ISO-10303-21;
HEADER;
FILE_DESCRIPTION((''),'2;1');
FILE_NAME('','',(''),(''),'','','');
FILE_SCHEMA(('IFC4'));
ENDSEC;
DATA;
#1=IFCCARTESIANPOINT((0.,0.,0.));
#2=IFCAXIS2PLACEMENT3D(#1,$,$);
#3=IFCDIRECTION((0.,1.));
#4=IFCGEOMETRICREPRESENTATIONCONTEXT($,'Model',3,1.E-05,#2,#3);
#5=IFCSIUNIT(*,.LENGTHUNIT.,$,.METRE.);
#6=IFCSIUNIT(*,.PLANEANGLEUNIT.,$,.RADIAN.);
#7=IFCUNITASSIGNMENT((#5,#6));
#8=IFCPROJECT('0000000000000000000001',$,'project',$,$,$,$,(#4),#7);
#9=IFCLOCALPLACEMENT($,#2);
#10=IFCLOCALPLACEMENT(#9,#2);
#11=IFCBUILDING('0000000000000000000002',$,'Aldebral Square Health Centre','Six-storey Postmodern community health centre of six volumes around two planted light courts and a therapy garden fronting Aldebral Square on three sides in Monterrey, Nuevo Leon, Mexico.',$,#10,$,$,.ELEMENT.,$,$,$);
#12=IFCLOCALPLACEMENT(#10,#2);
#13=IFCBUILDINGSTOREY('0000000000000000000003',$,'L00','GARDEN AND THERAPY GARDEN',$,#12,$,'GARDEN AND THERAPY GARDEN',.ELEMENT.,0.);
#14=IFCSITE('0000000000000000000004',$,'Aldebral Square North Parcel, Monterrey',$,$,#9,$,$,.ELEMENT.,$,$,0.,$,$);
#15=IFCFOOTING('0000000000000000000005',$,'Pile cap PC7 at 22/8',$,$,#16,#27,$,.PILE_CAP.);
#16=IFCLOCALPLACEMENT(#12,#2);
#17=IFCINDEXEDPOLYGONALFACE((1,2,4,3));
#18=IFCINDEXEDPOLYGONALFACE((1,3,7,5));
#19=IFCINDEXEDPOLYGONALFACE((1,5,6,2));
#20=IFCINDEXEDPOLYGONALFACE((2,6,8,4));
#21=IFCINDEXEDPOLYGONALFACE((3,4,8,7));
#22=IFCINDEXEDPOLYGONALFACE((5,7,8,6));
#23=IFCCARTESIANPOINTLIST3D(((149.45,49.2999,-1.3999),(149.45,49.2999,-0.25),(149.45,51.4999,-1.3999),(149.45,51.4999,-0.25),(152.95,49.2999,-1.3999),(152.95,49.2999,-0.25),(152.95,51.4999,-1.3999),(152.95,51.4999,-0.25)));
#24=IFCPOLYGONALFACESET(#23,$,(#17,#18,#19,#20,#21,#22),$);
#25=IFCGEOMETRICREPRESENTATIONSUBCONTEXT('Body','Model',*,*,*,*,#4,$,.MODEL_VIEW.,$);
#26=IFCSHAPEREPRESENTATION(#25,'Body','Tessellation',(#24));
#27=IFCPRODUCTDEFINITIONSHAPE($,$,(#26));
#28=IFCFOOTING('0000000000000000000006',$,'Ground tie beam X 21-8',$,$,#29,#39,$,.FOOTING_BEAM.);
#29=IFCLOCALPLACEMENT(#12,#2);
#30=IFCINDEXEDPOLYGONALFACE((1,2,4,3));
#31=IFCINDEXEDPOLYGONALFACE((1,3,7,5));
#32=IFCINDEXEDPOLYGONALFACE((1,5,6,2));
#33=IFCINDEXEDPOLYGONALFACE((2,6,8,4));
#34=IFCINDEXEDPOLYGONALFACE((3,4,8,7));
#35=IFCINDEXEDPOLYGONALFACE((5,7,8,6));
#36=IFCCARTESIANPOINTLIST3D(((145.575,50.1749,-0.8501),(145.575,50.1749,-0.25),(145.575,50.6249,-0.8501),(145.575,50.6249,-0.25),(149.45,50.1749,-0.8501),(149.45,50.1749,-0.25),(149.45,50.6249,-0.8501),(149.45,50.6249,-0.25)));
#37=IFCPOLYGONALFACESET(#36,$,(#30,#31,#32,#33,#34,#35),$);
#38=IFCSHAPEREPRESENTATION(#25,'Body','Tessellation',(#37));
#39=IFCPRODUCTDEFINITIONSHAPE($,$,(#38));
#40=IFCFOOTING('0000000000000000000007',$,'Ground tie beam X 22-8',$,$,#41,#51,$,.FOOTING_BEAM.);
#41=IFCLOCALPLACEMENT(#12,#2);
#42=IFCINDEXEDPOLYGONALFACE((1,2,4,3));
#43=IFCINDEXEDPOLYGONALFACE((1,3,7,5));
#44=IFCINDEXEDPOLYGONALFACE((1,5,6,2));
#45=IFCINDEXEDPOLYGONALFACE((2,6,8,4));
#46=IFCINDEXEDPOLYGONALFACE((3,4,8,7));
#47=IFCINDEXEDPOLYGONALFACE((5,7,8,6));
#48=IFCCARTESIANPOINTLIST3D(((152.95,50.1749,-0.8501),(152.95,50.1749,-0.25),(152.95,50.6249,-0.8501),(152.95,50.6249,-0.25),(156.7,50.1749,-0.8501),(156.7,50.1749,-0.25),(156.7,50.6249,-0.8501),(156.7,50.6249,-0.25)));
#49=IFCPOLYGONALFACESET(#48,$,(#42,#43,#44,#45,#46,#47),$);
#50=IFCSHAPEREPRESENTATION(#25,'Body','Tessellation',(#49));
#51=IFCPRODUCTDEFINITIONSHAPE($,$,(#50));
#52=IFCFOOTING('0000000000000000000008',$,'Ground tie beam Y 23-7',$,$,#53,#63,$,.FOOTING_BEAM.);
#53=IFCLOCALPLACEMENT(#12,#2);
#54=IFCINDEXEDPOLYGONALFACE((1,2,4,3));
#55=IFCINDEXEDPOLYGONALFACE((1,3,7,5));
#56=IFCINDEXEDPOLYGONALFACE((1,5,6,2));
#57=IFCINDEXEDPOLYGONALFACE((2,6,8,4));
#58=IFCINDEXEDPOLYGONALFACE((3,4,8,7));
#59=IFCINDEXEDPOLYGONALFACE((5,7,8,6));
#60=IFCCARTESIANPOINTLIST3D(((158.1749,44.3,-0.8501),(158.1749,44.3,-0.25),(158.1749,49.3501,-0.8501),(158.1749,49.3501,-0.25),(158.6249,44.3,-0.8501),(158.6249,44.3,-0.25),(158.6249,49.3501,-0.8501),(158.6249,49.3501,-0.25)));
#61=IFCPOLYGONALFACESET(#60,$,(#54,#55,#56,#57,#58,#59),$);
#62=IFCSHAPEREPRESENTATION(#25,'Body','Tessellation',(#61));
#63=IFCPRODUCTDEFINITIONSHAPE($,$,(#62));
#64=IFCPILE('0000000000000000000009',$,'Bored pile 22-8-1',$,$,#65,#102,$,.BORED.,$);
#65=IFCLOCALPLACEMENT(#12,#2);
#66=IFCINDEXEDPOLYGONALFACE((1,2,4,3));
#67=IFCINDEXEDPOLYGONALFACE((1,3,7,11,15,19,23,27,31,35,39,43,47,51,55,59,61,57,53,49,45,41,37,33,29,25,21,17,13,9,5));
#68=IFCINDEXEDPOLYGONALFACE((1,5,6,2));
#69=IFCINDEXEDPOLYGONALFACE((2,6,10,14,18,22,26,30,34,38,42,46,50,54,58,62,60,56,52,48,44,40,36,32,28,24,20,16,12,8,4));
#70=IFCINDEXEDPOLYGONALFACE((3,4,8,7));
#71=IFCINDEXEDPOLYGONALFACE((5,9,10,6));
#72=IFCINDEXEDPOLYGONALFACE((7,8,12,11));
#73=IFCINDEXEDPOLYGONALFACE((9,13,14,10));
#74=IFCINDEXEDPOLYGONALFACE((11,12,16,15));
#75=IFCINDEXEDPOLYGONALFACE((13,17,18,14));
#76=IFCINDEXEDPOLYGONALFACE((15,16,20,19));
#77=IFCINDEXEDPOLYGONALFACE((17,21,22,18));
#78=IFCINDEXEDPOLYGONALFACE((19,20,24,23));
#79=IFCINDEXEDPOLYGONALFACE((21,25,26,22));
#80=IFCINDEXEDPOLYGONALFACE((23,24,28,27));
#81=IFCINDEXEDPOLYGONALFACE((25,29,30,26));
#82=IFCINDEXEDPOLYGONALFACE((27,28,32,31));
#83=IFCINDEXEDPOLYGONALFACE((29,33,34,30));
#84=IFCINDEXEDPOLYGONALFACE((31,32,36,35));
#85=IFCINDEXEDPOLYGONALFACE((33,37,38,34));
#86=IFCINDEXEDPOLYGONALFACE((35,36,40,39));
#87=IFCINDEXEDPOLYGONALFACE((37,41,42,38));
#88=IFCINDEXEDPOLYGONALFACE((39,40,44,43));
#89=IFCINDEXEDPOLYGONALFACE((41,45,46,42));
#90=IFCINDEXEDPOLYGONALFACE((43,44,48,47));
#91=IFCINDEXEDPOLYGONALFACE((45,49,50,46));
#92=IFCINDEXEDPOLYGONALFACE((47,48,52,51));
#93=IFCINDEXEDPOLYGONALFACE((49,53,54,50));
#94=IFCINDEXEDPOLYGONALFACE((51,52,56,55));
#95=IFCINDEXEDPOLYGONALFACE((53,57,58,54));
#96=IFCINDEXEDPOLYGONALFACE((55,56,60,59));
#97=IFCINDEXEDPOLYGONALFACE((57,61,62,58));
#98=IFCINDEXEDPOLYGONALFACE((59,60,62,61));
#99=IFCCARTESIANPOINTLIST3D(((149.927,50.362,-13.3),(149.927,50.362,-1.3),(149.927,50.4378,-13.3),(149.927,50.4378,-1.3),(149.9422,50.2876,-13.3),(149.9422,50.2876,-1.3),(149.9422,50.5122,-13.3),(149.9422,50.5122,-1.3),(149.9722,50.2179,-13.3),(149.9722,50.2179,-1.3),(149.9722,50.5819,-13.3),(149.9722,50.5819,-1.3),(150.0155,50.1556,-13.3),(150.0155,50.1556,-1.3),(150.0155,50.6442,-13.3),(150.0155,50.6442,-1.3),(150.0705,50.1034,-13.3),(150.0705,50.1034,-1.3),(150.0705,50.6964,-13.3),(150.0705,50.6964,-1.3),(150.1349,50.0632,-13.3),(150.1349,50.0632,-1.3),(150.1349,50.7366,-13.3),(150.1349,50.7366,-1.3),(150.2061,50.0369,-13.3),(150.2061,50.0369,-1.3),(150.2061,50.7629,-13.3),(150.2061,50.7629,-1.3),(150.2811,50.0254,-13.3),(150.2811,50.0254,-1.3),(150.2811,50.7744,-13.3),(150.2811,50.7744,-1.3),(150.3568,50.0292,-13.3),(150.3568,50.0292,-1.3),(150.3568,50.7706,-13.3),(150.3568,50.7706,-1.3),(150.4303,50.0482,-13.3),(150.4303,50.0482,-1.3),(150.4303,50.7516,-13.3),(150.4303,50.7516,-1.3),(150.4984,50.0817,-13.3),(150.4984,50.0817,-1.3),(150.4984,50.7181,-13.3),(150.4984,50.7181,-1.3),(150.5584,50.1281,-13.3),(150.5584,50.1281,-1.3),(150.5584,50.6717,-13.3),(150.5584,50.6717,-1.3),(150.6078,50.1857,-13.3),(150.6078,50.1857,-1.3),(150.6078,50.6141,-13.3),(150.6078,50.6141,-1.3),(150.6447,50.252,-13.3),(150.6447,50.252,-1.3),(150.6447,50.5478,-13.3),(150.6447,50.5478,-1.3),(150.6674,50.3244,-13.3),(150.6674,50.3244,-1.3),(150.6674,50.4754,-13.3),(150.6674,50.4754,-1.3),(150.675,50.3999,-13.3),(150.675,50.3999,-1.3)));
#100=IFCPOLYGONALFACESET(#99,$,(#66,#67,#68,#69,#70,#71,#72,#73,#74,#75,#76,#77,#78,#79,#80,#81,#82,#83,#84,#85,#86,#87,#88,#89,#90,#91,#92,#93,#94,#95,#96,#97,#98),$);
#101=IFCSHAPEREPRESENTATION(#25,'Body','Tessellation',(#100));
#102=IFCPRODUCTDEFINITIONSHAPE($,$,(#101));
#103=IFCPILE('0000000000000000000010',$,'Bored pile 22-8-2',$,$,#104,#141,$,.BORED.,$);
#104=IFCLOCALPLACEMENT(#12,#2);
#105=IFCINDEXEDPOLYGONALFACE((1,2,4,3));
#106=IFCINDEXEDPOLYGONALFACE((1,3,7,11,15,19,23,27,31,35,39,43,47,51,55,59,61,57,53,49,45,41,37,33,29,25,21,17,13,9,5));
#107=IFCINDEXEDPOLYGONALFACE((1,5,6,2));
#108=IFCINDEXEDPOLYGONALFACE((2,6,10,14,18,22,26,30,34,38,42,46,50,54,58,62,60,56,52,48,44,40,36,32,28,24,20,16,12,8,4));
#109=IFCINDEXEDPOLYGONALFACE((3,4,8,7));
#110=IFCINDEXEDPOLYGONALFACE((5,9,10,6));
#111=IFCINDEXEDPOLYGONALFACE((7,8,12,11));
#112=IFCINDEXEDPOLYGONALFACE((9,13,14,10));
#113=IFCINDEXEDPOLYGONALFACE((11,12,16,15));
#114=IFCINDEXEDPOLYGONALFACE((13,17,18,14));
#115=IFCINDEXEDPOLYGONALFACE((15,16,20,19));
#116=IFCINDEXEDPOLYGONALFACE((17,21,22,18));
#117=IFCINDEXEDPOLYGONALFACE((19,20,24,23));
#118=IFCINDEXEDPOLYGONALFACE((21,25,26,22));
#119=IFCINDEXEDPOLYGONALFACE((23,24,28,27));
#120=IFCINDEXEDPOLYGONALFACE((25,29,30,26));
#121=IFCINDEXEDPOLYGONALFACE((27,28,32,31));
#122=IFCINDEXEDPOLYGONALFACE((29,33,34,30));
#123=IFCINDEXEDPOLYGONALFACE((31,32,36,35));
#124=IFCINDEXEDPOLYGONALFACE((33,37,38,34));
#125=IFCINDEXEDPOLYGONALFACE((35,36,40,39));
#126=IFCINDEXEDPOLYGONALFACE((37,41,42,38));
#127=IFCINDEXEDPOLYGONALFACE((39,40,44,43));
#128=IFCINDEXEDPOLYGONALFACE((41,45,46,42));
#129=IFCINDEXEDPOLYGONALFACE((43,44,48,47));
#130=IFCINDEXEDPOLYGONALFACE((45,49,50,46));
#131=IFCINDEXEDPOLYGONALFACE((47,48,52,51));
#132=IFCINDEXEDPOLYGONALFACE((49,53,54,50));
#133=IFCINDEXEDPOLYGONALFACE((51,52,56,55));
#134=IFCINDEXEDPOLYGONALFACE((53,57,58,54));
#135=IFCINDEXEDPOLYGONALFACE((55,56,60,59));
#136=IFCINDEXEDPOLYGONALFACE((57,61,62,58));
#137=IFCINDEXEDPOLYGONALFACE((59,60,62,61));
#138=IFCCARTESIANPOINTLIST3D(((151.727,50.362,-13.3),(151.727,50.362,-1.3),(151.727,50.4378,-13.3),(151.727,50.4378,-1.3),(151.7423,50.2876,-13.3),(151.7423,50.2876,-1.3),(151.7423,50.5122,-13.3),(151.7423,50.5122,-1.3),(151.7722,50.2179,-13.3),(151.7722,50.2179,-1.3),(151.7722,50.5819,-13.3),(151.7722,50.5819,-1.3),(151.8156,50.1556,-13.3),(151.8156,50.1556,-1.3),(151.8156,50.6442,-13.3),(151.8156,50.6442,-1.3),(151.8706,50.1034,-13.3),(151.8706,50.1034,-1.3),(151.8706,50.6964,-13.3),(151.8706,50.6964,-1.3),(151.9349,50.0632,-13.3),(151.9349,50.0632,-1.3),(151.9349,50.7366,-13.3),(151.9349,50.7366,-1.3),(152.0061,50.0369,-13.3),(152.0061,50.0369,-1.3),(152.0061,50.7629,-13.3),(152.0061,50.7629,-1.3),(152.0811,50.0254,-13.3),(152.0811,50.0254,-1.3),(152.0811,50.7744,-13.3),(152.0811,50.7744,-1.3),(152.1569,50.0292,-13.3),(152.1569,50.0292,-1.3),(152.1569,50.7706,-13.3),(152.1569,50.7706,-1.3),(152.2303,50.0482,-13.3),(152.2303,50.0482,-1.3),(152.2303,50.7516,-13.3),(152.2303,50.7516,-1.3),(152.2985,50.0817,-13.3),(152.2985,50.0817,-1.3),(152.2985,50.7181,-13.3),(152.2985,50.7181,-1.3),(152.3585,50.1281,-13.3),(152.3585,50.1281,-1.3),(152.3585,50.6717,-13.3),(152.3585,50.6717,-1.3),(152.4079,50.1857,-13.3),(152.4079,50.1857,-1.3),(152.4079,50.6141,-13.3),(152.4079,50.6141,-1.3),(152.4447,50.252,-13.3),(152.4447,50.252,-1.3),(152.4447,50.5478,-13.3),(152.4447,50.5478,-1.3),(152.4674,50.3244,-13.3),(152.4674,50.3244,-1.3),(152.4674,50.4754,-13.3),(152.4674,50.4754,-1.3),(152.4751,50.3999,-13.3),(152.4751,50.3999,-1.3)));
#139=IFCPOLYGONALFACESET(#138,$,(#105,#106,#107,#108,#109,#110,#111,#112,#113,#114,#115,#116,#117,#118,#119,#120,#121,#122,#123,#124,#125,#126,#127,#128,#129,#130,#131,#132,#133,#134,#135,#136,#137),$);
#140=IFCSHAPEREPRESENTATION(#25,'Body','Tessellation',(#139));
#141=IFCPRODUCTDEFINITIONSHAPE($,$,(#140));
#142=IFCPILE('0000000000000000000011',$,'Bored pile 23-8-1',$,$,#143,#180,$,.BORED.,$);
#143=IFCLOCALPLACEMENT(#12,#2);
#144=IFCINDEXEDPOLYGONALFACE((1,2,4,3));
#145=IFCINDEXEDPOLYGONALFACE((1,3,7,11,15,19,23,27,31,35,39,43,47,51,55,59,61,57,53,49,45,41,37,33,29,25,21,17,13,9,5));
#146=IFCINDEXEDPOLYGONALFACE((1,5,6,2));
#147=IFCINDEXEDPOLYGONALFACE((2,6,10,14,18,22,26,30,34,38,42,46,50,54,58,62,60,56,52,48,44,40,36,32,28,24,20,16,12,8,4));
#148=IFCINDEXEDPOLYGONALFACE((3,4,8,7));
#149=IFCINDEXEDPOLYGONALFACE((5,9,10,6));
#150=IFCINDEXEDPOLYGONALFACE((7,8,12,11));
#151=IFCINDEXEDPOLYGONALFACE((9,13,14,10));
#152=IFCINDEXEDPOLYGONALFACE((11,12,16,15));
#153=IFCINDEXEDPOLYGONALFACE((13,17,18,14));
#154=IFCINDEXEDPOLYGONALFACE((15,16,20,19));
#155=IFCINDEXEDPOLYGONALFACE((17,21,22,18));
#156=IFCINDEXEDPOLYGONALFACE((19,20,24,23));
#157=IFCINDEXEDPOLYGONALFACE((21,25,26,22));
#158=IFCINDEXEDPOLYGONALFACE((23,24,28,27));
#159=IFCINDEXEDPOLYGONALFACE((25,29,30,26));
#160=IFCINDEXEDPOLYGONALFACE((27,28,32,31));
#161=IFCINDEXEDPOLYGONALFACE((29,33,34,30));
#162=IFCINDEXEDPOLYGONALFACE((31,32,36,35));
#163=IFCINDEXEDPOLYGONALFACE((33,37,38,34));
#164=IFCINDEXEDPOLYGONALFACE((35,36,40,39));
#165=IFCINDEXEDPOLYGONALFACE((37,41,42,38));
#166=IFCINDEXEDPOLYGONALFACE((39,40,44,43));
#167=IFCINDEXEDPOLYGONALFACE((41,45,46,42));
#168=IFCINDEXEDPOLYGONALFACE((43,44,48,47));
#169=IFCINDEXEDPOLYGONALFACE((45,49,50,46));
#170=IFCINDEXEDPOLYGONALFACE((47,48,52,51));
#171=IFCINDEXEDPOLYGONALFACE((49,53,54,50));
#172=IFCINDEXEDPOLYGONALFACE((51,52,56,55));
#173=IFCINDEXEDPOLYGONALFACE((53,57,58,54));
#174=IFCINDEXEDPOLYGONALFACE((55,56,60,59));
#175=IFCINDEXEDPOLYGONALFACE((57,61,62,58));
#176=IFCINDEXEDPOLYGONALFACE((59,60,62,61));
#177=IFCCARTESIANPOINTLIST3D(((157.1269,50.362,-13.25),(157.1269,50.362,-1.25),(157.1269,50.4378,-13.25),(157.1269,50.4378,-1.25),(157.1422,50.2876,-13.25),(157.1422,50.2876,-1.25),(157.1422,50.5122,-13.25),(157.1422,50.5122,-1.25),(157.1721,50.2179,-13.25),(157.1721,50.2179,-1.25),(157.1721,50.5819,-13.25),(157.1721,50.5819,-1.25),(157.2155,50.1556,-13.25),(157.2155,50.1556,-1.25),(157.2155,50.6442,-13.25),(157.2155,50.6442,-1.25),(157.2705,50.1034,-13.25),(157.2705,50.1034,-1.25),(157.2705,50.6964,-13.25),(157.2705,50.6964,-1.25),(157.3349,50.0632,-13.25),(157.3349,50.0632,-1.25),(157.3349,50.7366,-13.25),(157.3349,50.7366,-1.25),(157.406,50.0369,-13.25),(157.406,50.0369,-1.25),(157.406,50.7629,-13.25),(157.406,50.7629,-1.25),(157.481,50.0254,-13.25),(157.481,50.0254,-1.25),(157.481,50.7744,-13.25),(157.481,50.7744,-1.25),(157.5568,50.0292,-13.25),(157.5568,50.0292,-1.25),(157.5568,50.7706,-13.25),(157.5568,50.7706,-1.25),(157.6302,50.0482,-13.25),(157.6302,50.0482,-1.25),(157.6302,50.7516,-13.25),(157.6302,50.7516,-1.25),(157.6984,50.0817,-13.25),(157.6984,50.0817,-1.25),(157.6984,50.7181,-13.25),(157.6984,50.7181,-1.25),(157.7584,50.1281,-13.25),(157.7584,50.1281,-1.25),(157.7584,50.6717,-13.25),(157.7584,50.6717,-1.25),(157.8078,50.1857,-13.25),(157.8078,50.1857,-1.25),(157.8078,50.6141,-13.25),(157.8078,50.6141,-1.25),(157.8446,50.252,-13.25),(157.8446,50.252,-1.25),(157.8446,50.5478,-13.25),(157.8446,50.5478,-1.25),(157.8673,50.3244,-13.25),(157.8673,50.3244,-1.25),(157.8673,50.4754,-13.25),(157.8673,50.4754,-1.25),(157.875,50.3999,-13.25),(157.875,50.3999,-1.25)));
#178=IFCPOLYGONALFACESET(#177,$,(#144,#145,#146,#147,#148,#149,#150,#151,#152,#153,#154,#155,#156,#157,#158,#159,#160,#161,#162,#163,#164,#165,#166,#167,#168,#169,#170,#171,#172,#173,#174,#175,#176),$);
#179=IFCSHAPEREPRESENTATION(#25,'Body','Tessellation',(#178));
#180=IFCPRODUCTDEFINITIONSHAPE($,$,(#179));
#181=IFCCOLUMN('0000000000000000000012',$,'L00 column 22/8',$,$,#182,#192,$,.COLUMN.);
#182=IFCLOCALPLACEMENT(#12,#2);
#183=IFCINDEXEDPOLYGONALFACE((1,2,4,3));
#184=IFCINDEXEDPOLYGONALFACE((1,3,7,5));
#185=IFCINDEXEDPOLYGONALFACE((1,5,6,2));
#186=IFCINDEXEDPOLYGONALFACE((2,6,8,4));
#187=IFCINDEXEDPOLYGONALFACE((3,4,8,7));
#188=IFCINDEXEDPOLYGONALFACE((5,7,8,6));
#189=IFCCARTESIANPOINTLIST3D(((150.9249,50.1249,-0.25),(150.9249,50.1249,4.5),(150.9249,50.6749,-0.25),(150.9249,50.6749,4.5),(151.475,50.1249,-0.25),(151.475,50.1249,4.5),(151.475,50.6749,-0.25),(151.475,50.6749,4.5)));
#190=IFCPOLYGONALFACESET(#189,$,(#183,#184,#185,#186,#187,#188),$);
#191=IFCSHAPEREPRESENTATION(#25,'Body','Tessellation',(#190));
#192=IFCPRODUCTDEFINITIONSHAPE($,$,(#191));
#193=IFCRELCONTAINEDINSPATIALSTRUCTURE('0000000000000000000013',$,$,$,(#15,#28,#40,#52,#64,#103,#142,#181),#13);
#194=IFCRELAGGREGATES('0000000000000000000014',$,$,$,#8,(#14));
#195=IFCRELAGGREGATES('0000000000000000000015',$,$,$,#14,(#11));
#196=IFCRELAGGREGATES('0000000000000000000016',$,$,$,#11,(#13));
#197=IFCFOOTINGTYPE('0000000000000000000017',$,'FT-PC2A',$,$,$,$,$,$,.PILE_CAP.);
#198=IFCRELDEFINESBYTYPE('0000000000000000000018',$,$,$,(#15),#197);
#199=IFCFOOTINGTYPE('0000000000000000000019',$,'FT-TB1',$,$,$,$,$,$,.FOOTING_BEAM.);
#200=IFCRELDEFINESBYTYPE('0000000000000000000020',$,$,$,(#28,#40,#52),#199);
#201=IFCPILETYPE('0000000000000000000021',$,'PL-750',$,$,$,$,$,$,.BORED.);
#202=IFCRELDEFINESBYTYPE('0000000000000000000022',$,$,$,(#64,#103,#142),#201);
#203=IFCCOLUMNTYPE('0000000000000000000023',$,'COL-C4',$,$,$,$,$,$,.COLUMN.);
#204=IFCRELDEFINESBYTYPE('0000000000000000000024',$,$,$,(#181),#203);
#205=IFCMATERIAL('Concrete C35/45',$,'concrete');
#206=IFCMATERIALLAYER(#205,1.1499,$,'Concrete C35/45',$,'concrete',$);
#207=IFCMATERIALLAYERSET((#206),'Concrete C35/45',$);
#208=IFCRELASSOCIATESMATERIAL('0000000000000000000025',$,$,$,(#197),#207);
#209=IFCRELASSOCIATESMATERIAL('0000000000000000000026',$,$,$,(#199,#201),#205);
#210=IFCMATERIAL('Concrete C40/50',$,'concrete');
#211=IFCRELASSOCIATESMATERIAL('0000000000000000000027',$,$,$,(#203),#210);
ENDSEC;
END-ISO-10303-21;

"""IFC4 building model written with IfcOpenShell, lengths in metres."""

from ifc_helpers import new_model, si_unit, direction, frame, origin, origin_2d, place, context, subcontext, project, spatial, rectangle, circle, extrude, material, layer, layer_set, material_profile, profile_set, type_object, element, save


model = new_model("IFC4")

# Units and contexts
model_context = context("Model", 3, precision=1e-05, world=origin(), true_north=direction((0.0, 1.0)))
body_context = subcontext(model_context, "Body", "Model", "MODEL_VIEW")
ifc_project = project(units=[si_unit("LENGTHUNIT", "METRE"), si_unit("PLANEANGLEUNIT", "RADIAN")], contexts=[model_context])

# Site, building, storey
site_placement = place(None, origin())
site = spatial("IfcSite", under=ifc_project, at=site_placement, Name="Aldebral Square North Parcel, Monterrey", CompositionType="ELEMENT", RefElevation=0.0)
building_placement = place(site_placement, origin())
building = spatial("IfcBuilding", under=site, at=building_placement, Name="Aldebral Square Health Centre", Description="Six-storey Postmodern community health centre of six volumes around two planted light courts and a therapy garden fronting Aldebral Square on three sides in Monterrey, Nuevo Leon, Mexico.", CompositionType="ELEMENT")
storey_placement = place(building_placement, origin())
storey = spatial("IfcBuildingStorey", under=building, at=storey_placement, Name="L00", Description="GARDEN AND THERAPY GARDEN", LongName="GARDEN AND THERAPY GARDEN", CompositionType="ELEMENT", Elevation=0.0)

# Footings
ifc_material_1 = material(Name="Concrete C35/45", Category="concrete")
ifc_layer_1 = layer(ifc_material_1, 1.1499, Name="Concrete C35/45", Category="concrete")
ifc_layer_set_1 = layer_set([ifc_layer_1], Name="Concrete C35/45")
footing_type_1 = type_object("IfcFootingType", Name="FT-PC2A", PredefinedType="PILE_CAP", material=ifc_layer_set_1)
footing_1_placement = place(storey_placement, frame((151.2, 50.3999, -1.3999), z_axis=(0.0, 0.0, 1.0), x_axis=(1.0, 0.0, 0.0)))
element("IfcFooting", 1, at=footing_1_placement, inside=storey, type_object=footing_type_1, Name="Pile cap PC7 at 22/8", PredefinedType="PILE_CAP", context=body_context, shape_type="SweptSolid", body=[
    extrude(rectangle(XDim=3.5, YDim=2.2, at=origin_2d()), origin(), (0.0, 0.0, 1.0), 1.1499),
])
ifc_material_profile_1 = material_profile(ifc_material_1, rectangle(XDim=0.45, YDim=0.6001, at=origin_2d()), Name="RC 450x600")
ifc_profile_set_1 = profile_set([ifc_material_profile_1], Name="Concrete C35/45")
footing_type_2 = type_object("IfcFootingType", Name="FT-TB1", PredefinedType="FOOTING_BEAM", material=ifc_profile_set_1)
footing_2_placement = place(storey_placement, frame((145.575, 50.3999, -0.55), z_axis=(1.0, 0.0, 0.0), x_axis=(0.0, 1.0, 0.0)))
element("IfcFooting", 2, at=footing_2_placement, inside=storey, type_object=footing_type_2, Name="Ground tie beam X 21-8", PredefinedType="FOOTING_BEAM", context=body_context, shape_type="SweptSolid", body=[
    extrude(rectangle(XDim=0.45, YDim=0.6001, at=origin_2d()), origin(), (0.0, 0.0, 1.0), 3.875),
])
footing_3_placement = place(storey_placement, frame((152.95, 50.3999, -0.55), z_axis=(1.0, 0.0, 0.0), x_axis=(0.0, 1.0, 0.0)))
element("IfcFooting", 3, at=footing_3_placement, inside=storey, type_object=footing_type_2, Name="Ground tie beam X 22-8", PredefinedType="FOOTING_BEAM", context=body_context, shape_type="SweptSolid", body=[
    extrude(rectangle(XDim=0.45, YDim=0.6001, at=origin_2d()), origin(), (0.0, 0.0, 1.0), 3.75),
])
footing_4_placement = place(storey_placement, frame((158.3999, 44.3, -0.55), z_axis=(0.0, 1.0, 0.0), x_axis=(-1.0, 0.0, 0.0)))
element("IfcFooting", 4, at=footing_4_placement, inside=storey, type_object=footing_type_2, Name="Ground tie beam Y 23-7", PredefinedType="FOOTING_BEAM", context=body_context, shape_type="SweptSolid", body=[
    extrude(rectangle(XDim=0.45, YDim=0.6001, at=origin_2d()), origin(), (0.0, 0.0, 1.0), 5.05),
])

# Piles
ifc_material_profile_2 = material_profile(ifc_material_1, circle(Radius=0.375, at=origin_2d()), Name="PILE D750")
ifc_profile_set_2 = profile_set([ifc_material_profile_2], Name="Concrete C35/45")
pile_type = type_object("IfcPileType", Name="PL-750", PredefinedType="BORED", material=ifc_profile_set_2)
for number, where, z_axis, x_axis, name in (
    (5, (150.3, 50.3999, -1.3), (0.0, 0.0, -1.0), (1.0, 0.0, 0.0), "Bored pile 22-8-1"),
    (6, (152.1001, 50.3999, -1.3), (0.0, 0.0, -1.0), (1.0, 0.0, 0.0), "Bored pile 22-8-2"),
    (7, (157.5, 50.3999, -1.25), (0.0, 0.0, -1.0), (1.0, 0.0, 0.0), "Bored pile 23-8-1"),
):
    element("IfcPile", number, at=place(storey_placement, frame(where, z_axis=z_axis, x_axis=x_axis)), inside=storey, type_object=pile_type, Name=name, PredefinedType="BORED", context=body_context, shape_type="SweptSolid", body=[
        extrude(circle(Radius=0.375, at=origin_2d()), origin(), (0.0, 0.0, 1.0), 12.0),
    ])

# Column
ifc_material_2 = material(Name="Concrete C40/50", Category="concrete")
ifc_material_profile_3 = material_profile(ifc_material_2, rectangle(XDim=0.55, YDim=0.55, at=origin_2d()), Name="RC 550x550")
ifc_profile_set_3 = profile_set([ifc_material_profile_3], Name="Concrete C40/50")
column_type = type_object("IfcColumnType", Name="COL-C4", PredefinedType="COLUMN", material=ifc_profile_set_3)
column_placement = place(storey_placement, frame((151.2, 50.3999, -0.25), z_axis=(0.0, 0.0, 1.0), x_axis=(1.0, 0.0, 0.0)))
element("IfcColumn", 8, at=column_placement, inside=storey, type_object=column_type, Name="L00 column 22/8", PredefinedType="COLUMN", context=body_context, shape_type="SweptSolid", body=[
    extrude(rectangle(XDim=0.55, YDim=0.55, at=origin_2d()), origin(), (0.0, 0.0, 1.0), 4.75),
])

save(model, "model.ifc")
